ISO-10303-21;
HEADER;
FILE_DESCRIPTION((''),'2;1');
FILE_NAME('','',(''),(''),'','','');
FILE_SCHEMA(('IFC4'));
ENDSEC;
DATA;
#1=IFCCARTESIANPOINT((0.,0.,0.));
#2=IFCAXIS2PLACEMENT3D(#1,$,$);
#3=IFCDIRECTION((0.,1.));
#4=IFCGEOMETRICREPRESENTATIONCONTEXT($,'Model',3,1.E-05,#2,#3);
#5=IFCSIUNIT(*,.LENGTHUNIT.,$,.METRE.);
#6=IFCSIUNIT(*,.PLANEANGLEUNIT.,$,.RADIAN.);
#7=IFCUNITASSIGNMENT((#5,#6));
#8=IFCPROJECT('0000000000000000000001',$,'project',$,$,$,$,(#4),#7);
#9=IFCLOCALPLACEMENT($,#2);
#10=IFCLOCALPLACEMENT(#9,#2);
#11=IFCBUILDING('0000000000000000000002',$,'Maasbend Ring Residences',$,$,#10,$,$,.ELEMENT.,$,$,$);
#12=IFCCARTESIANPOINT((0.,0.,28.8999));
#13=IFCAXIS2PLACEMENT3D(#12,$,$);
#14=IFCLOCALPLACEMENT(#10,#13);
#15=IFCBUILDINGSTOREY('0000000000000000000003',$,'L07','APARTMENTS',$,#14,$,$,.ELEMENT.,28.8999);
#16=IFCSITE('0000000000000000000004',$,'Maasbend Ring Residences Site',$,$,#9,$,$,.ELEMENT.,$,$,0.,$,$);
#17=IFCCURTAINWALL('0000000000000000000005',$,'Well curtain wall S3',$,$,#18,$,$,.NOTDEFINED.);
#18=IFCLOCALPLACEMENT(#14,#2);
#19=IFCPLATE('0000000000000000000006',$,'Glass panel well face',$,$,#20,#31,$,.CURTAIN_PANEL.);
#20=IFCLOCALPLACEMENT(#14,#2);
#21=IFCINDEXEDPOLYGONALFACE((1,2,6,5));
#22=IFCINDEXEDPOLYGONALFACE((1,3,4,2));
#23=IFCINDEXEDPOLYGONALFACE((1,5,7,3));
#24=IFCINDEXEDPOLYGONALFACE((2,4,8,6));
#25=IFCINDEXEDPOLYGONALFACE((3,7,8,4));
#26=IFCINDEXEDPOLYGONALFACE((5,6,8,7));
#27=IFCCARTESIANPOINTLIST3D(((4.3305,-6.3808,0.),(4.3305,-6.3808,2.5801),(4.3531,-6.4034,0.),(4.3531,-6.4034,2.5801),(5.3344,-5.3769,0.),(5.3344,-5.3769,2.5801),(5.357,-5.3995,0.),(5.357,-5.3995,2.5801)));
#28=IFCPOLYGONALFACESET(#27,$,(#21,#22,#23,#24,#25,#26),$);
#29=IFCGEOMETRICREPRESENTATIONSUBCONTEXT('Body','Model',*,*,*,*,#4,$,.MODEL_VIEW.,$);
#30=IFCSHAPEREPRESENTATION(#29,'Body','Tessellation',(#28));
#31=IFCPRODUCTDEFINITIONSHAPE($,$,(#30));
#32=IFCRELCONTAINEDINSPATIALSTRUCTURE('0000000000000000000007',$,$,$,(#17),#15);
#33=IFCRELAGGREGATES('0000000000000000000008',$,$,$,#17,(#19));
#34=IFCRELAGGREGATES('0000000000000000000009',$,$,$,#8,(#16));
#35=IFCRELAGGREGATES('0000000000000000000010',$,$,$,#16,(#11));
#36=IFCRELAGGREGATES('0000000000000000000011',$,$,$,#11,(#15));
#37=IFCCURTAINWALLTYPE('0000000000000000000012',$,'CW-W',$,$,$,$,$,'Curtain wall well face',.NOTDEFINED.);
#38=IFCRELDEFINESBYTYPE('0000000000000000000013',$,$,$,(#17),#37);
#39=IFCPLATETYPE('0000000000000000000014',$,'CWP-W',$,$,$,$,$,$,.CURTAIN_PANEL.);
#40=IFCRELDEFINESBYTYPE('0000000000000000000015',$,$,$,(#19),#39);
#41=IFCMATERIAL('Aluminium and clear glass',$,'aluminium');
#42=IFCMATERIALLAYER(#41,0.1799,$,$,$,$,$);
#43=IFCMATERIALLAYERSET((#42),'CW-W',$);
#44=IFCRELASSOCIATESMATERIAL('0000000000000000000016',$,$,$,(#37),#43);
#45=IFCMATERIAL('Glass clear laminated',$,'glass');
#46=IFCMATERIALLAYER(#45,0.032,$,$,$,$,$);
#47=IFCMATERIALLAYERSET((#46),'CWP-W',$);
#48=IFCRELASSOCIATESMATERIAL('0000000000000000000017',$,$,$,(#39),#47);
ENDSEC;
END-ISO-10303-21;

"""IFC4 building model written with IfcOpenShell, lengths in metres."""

from ifc_helpers import new_model, si_unit, direction, frame, origin, origin_2d, place, context, subcontext, project, spatial, rectangle, extrude, material, layer, layer_set, type_object, element, aggregate, save


model = new_model("IFC4")

# Units and contexts
model_context = context("Model", 3, precision=1e-05, world=origin(), true_north=direction((0.0, 1.0)))
body_context = subcontext(model_context, "Body", "Model", "MODEL_VIEW")
ifc_project = project(units=[si_unit("LENGTHUNIT", "METRE"), si_unit("PLANEANGLEUNIT", "RADIAN")], contexts=[model_context])

# Site, building, storey
site_placement = place(None, origin())
site = spatial("IfcSite", under=ifc_project, at=site_placement, Name="Maasbend Ring Residences Site", CompositionType="ELEMENT", RefElevation=0.0)
building_placement = place(site_placement, origin())
building = spatial("IfcBuilding", under=site, at=building_placement, Name="Maasbend Ring Residences", CompositionType="ELEMENT")
storey_placement = place(building_placement, frame((0.0, 0.0, 28.8999)))
storey = spatial("IfcBuildingStorey", under=building, at=storey_placement, Name="L07", Description="APARTMENTS", CompositionType="ELEMENT", Elevation=28.8999)

# Shared definitions
ifc_material_1 = material(Name="Aluminium and clear glass", Category="aluminium")
ifc_layer_1 = layer(ifc_material_1, 0.1799)
ifc_layer_set_1 = layer_set([ifc_layer_1], Name="CW-W")
curtain_wall_type = type_object("IfcCurtainWallType", Name="CW-W", ElementType="Curtain wall well face", PredefinedType="NOTDEFINED", material=ifc_layer_set_1)

# Curtain wall
curtain_wall_1_placement = place(storey_placement, origin())
curtain_wall_1 = element("IfcCurtainWall", 1, at=curtain_wall_1_placement, inside=storey, type_object=curtain_wall_type, Name="Well curtain wall S3", PredefinedType="NOTDEFINED")

# Plate
ifc_material_2 = material(Name="Glass clear laminated", Category="glass")
ifc_layer_2 = layer(ifc_material_2, 0.032)
ifc_layer_set_2 = layer_set([ifc_layer_2], Name="CWP-W")
plate_type = type_object("IfcPlateType", Name="CWP-W", PredefinedType="CURTAIN_PANEL", material=ifc_layer_set_2)
plate_1_placement = place(storey_placement, frame((4.8438, -5.8901, 0.0), z_axis=(0.0, 0.0, 1.0), x_axis=(0.707107, 0.707107, 0.0)))
plate_1 = element("IfcPlate", 2, at=plate_1_placement, type_object=plate_type, Name="Glass panel well face", PredefinedType="CURTAIN_PANEL", context=body_context, shape_type="SweptSolid", body=[
    extrude(rectangle(XDim=1.4197, YDim=0.032, at=origin_2d()), origin(), (0.0, 0.0, 1.0), 2.5801),
])
aggregate(curtain_wall_1, [plate_1])

save(model, "model.ifc")
